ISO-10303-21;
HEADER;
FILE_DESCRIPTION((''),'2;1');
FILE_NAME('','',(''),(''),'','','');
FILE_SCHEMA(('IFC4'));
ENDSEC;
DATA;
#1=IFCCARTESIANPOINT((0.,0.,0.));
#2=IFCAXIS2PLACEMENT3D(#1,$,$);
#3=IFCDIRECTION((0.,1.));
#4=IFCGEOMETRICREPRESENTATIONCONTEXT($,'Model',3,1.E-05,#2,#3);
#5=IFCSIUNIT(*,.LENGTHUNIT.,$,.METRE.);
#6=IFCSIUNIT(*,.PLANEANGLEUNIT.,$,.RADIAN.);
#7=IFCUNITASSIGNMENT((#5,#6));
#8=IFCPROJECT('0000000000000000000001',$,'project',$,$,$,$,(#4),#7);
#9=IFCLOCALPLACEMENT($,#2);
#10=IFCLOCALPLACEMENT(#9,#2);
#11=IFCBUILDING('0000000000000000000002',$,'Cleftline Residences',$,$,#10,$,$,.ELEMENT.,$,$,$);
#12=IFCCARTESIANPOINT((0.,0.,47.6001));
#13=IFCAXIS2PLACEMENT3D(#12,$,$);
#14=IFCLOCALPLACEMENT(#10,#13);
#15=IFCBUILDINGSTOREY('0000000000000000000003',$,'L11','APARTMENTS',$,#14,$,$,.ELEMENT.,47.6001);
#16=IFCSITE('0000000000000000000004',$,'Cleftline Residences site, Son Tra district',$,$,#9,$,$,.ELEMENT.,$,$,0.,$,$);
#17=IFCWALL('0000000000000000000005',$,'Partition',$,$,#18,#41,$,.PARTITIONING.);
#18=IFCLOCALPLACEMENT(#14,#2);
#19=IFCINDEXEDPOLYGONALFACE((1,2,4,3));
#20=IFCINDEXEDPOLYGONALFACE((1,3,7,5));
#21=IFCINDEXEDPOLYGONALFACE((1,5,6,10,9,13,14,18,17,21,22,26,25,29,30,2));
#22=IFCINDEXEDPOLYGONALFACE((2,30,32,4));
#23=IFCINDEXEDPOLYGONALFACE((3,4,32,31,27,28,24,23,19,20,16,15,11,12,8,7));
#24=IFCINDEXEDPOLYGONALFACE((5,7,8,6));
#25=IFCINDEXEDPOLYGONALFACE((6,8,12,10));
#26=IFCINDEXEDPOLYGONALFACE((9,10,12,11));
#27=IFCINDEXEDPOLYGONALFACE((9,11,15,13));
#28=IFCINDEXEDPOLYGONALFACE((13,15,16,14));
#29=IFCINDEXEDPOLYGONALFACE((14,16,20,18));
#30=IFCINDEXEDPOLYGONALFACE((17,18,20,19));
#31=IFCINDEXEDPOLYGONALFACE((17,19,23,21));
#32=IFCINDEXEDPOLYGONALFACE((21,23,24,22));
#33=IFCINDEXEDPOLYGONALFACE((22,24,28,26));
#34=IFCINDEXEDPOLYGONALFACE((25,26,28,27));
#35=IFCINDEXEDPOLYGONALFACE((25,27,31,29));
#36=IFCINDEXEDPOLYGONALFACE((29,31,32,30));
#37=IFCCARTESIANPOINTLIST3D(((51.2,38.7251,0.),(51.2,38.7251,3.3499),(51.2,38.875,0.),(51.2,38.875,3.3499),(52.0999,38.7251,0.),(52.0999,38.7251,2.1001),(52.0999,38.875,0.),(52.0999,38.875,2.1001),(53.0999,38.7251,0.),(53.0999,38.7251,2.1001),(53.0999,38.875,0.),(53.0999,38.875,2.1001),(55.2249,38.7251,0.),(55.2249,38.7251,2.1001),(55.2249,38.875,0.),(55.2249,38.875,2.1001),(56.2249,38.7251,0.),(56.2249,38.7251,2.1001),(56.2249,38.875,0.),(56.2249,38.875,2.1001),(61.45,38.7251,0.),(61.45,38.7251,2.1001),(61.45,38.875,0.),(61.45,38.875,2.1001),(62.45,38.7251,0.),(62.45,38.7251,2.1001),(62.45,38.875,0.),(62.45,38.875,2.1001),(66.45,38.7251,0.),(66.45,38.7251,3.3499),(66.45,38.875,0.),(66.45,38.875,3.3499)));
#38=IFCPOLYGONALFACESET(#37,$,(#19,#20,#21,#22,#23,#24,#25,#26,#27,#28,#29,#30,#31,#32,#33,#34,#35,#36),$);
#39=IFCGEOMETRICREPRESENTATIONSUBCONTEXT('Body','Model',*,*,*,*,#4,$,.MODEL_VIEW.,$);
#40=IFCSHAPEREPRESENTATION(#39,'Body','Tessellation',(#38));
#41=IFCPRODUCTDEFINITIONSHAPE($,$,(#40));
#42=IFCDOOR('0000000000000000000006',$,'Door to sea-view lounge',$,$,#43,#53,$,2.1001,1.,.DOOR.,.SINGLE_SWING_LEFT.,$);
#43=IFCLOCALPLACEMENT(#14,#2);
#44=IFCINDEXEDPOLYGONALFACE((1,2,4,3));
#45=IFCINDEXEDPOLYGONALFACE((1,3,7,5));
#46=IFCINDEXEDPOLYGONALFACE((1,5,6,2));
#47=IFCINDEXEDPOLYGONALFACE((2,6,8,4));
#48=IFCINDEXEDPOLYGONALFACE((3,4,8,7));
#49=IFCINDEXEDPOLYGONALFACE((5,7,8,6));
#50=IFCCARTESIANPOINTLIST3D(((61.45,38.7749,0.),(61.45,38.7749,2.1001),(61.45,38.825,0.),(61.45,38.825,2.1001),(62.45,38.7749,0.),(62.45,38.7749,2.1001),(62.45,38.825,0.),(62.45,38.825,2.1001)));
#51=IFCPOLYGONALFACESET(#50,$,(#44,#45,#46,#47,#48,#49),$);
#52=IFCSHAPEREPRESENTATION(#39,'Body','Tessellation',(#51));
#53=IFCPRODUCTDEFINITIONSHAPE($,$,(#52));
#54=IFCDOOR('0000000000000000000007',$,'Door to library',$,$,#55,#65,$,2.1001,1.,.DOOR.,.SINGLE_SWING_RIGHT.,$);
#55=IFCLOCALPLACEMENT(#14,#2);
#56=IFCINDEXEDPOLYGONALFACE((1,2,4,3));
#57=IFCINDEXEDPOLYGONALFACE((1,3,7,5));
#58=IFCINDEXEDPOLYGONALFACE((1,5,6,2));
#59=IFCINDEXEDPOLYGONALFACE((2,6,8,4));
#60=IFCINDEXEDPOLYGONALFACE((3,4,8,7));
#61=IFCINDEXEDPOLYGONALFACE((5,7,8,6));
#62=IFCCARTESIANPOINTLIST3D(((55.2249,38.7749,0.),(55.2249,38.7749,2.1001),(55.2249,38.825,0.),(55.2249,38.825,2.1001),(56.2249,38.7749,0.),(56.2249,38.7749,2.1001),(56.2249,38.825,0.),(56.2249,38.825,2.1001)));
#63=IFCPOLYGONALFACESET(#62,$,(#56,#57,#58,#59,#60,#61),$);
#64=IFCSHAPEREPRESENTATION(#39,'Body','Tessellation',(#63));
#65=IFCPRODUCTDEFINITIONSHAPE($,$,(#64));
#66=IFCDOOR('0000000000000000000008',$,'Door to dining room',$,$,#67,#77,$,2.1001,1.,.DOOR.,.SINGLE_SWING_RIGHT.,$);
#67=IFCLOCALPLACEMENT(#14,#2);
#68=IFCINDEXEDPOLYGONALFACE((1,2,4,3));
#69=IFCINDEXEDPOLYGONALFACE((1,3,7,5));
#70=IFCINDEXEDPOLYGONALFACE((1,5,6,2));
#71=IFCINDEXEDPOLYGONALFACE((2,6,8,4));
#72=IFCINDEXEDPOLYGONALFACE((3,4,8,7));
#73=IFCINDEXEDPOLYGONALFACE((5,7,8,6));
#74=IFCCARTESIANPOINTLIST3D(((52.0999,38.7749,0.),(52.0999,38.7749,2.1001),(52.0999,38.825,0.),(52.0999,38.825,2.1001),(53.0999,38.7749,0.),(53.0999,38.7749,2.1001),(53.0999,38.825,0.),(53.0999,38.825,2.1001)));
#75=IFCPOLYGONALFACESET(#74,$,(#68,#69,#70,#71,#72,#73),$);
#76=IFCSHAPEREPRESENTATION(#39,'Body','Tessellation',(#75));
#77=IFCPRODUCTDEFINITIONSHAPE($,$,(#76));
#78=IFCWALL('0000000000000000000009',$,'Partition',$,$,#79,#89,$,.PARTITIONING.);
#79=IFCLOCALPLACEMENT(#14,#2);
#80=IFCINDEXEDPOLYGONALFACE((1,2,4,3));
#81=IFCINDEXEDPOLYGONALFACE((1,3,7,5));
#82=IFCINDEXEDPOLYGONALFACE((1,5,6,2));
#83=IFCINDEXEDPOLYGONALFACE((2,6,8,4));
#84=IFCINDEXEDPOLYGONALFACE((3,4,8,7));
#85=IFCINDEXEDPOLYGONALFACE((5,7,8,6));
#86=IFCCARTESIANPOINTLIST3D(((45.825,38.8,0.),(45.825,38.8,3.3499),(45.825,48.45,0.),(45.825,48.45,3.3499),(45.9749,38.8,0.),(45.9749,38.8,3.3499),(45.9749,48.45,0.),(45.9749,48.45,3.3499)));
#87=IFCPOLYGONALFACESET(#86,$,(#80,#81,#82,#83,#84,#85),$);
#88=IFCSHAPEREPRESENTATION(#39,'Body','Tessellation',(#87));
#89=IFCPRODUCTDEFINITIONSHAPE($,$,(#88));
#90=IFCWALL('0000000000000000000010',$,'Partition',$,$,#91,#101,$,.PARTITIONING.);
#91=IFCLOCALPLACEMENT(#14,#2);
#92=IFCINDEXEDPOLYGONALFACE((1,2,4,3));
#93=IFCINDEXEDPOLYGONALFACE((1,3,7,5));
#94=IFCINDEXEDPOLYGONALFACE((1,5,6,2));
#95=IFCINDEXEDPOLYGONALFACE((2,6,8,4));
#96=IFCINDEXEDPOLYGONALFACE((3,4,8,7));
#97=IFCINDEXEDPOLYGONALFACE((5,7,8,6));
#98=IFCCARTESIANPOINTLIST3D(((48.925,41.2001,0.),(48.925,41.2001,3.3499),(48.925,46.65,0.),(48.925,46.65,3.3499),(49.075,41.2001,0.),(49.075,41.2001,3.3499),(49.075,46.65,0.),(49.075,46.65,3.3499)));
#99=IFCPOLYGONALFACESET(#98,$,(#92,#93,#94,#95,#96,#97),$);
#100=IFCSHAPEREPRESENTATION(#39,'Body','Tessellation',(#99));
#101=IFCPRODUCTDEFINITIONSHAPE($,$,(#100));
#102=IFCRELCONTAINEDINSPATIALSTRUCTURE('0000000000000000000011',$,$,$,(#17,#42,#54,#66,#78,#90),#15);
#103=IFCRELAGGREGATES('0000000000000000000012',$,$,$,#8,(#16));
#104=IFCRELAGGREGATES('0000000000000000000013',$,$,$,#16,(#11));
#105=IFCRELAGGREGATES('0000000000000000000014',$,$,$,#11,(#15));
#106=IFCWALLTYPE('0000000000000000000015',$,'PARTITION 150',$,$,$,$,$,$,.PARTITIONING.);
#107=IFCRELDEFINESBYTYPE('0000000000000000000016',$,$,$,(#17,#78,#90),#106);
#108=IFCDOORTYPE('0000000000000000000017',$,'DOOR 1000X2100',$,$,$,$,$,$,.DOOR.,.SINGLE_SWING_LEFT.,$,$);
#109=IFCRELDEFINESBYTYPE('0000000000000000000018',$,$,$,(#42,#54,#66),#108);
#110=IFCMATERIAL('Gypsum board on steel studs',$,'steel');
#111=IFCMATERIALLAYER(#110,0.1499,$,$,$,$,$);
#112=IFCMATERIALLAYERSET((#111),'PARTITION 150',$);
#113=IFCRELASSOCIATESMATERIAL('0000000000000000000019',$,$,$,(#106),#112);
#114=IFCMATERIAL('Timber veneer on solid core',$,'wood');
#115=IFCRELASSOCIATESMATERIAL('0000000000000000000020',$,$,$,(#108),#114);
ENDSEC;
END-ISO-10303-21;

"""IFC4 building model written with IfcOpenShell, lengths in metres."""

from ifc_helpers import new_model, si_unit, direction, frame, frame_2d, origin, place, context, subcontext, project, spatial, rectangle, extrude, material, layer, layer_set, type_object, element, fill, save


model = new_model("IFC4")

# Units and contexts
model_context = context("Model", 3, precision=1e-05, world=origin(), true_north=direction((0.0, 1.0)))
body_context = subcontext(model_context, "Body", "Model", "MODEL_VIEW")
ifc_project = project(units=[si_unit("LENGTHUNIT", "METRE"), si_unit("PLANEANGLEUNIT", "RADIAN")], contexts=[model_context])

# Site, building, storey
site_placement = place(None, origin())
site = spatial("IfcSite", under=ifc_project, at=site_placement, Name="Cleftline Residences site, Son Tra district", CompositionType="ELEMENT", RefElevation=0.0)
building_placement = place(site_placement, origin())
building = spatial("IfcBuilding", under=site, at=building_placement, Name="Cleftline Residences", CompositionType="ELEMENT")
storey_placement = place(building_placement, frame((0.0, 0.0, 47.6001)))
storey = spatial("IfcBuildingStorey", under=building, at=storey_placement, Name="L11", Description="APARTMENTS", CompositionType="ELEMENT", Elevation=47.6001)

# Shared definitions
ifc_material_1 = material(Name="Gypsum board on steel studs", Category="steel")
ifc_layer_1 = layer(ifc_material_1, 0.1499)
ifc_layer_set_1 = layer_set([ifc_layer_1], Name="PARTITION 150")
wall_type = type_object("IfcWallType", Name="PARTITION 150", PredefinedType="PARTITIONING", material=ifc_layer_set_1)

# Wall, openings, doors
ifc_material_2 = material(Name="Timber veneer on solid core", Category="wood")
door_type = type_object("IfcDoorType", Name="DOOR 1000X2100", OperationType="SINGLE_SWING_LEFT", PredefinedType="DOOR", material=ifc_material_2)
wall_1_placement = place(storey_placement, frame((51.2, 38.8, 0.0), z_axis=(0.0, 0.0, 1.0), x_axis=(1.0, 0.0, 0.0)))
wall_1 = element("IfcWall", 1, at=wall_1_placement, inside=storey, type_object=wall_type, Name="Partition", PredefinedType="PARTITIONING", context=body_context, shape_type="SweptSolid", body=[
    extrude(rectangle(XDim=15.25, YDim=0.1499, at=frame_2d((7.625, 0.0))), origin(), (0.0, 0.0, 1.0), 3.3499),
])
opening_1_placement = place(wall_1_placement, frame((10.25, 0.0, 0.0)))
opening_1 = element("IfcOpeningElement", 2, at=opening_1_placement, cuts=wall_1, PredefinedType="OPENING", context=body_context, shape_type="SweptSolid", body=[
    extrude(rectangle(XDim=1.0, YDim=2.1001, at=frame_2d((0.5, 1.05))), frame((0.0, 0.085, 0.0), z_axis=(0.0, -1.0, 0.0), x_axis=(1.0, 0.0, 0.0)), (0.0, 0.0, 1.0), 0.1699),
])
opening_2_placement = place(wall_1_placement, frame((4.0249, 0.0, 0.0)))
opening_2 = element("IfcOpeningElement", 3, at=opening_2_placement, cuts=wall_1, PredefinedType="OPENING", context=body_context, shape_type="SweptSolid", body=[
    extrude(rectangle(XDim=1.0, YDim=2.1001, at=frame_2d((0.5, 1.05))), frame((0.0, 0.085, 0.0), z_axis=(0.0, -1.0, 0.0), x_axis=(1.0, 0.0, 0.0)), (0.0, 0.0, 1.0), 0.1699),
])
opening_3_placement = place(wall_1_placement, frame((0.8999, 0.0, 0.0)))
opening_3 = element("IfcOpeningElement", 4, at=opening_3_placement, cuts=wall_1, PredefinedType="OPENING", context=body_context, shape_type="SweptSolid", body=[
    extrude(rectangle(XDim=1.0, YDim=2.1001, at=frame_2d((0.5, 1.05))), frame((0.0, 0.085, 0.0), z_axis=(0.0, -1.0, 0.0), x_axis=(1.0, 0.0, 0.0)), (0.0, 0.0, 1.0), 0.1699),
])
door_1_placement = place(opening_1_placement, origin())
door_1 = element("IfcDoor", 5, at=door_1_placement, inside=storey, type_object=door_type, Name="Door to sea-view lounge", OperationType="SINGLE_SWING_LEFT", OverallHeight=2.1001, OverallWidth=1.0, PredefinedType="DOOR", context=body_context, shape_type="SweptSolid", body=[
    extrude(rectangle(XDim=1.0, YDim=2.1001, at=frame_2d((0.5, 1.05))), frame((0.0, 0.0249, 0.0), z_axis=(0.0, -1.0, 0.0), x_axis=(1.0, 0.0, 0.0)), (0.0, 0.0, 1.0), 0.05),
])
fill(opening_1, door_1)
door_2_placement = place(opening_2_placement, origin())
door_2 = element("IfcDoor", 6, at=door_2_placement, inside=storey, type_object=door_type, Name="Door to library", OperationType="SINGLE_SWING_RIGHT", OverallHeight=2.1001, OverallWidth=1.0, PredefinedType="DOOR", context=body_context, shape_type="SweptSolid", body=[
    extrude(rectangle(XDim=1.0, YDim=2.1001, at=frame_2d((0.5, 1.05))), frame((0.0, 0.0249, 0.0), z_axis=(0.0, -1.0, 0.0), x_axis=(1.0, 0.0, 0.0)), (0.0, 0.0, 1.0), 0.05),
])
fill(opening_2, door_2)
door_3_placement = place(opening_3_placement, origin())
door_3 = element("IfcDoor", 7, at=door_3_placement, inside=storey, type_object=door_type, Name="Door to dining room", OperationType="SINGLE_SWING_RIGHT", OverallHeight=2.1001, OverallWidth=1.0, PredefinedType="DOOR", context=body_context, shape_type="SweptSolid", body=[
    extrude(rectangle(XDim=1.0, YDim=2.1001, at=frame_2d((0.5, 1.05))), frame((0.0, 0.0249, 0.0), z_axis=(0.0, -1.0, 0.0), x_axis=(1.0, 0.0, 0.0)), (0.0, 0.0, 1.0), 0.05),
])
fill(opening_3, door_3)

# Walls
wall_2_placement = place(storey_placement, frame((45.8999, 38.8, 0.0), z_axis=(0.0, 0.0, 1.0), x_axis=(0.0, 1.0, 0.0)))
element("IfcWall", 8, at=wall_2_placement, inside=storey, type_object=wall_type, Name="Partition", PredefinedType="PARTITIONING", context=body_context, shape_type="SweptSolid", body=[
    extrude(rectangle(XDim=9.6499, YDim=0.1499, at=frame_2d((4.825, 0.0))), origin(), (0.0, 0.0, 1.0), 3.3499),
])
wall_3_placement = place(storey_placement, frame((49.0, 41.2, 0.0), z_axis=(0.0, 0.0, 1.0), x_axis=(0.0, 1.0, 0.0)))
element("IfcWall", 9, at=wall_3_placement, inside=storey, type_object=wall_type, Name="Partition", PredefinedType="PARTITIONING", context=body_context, shape_type="SweptSolid", body=[
    extrude(rectangle(XDim=5.45, YDim=0.1499, at=frame_2d((2.7251, 0.0))), origin(), (0.0, 0.0, 1.0), 3.3499),
])

save(model, "model.ifc")
